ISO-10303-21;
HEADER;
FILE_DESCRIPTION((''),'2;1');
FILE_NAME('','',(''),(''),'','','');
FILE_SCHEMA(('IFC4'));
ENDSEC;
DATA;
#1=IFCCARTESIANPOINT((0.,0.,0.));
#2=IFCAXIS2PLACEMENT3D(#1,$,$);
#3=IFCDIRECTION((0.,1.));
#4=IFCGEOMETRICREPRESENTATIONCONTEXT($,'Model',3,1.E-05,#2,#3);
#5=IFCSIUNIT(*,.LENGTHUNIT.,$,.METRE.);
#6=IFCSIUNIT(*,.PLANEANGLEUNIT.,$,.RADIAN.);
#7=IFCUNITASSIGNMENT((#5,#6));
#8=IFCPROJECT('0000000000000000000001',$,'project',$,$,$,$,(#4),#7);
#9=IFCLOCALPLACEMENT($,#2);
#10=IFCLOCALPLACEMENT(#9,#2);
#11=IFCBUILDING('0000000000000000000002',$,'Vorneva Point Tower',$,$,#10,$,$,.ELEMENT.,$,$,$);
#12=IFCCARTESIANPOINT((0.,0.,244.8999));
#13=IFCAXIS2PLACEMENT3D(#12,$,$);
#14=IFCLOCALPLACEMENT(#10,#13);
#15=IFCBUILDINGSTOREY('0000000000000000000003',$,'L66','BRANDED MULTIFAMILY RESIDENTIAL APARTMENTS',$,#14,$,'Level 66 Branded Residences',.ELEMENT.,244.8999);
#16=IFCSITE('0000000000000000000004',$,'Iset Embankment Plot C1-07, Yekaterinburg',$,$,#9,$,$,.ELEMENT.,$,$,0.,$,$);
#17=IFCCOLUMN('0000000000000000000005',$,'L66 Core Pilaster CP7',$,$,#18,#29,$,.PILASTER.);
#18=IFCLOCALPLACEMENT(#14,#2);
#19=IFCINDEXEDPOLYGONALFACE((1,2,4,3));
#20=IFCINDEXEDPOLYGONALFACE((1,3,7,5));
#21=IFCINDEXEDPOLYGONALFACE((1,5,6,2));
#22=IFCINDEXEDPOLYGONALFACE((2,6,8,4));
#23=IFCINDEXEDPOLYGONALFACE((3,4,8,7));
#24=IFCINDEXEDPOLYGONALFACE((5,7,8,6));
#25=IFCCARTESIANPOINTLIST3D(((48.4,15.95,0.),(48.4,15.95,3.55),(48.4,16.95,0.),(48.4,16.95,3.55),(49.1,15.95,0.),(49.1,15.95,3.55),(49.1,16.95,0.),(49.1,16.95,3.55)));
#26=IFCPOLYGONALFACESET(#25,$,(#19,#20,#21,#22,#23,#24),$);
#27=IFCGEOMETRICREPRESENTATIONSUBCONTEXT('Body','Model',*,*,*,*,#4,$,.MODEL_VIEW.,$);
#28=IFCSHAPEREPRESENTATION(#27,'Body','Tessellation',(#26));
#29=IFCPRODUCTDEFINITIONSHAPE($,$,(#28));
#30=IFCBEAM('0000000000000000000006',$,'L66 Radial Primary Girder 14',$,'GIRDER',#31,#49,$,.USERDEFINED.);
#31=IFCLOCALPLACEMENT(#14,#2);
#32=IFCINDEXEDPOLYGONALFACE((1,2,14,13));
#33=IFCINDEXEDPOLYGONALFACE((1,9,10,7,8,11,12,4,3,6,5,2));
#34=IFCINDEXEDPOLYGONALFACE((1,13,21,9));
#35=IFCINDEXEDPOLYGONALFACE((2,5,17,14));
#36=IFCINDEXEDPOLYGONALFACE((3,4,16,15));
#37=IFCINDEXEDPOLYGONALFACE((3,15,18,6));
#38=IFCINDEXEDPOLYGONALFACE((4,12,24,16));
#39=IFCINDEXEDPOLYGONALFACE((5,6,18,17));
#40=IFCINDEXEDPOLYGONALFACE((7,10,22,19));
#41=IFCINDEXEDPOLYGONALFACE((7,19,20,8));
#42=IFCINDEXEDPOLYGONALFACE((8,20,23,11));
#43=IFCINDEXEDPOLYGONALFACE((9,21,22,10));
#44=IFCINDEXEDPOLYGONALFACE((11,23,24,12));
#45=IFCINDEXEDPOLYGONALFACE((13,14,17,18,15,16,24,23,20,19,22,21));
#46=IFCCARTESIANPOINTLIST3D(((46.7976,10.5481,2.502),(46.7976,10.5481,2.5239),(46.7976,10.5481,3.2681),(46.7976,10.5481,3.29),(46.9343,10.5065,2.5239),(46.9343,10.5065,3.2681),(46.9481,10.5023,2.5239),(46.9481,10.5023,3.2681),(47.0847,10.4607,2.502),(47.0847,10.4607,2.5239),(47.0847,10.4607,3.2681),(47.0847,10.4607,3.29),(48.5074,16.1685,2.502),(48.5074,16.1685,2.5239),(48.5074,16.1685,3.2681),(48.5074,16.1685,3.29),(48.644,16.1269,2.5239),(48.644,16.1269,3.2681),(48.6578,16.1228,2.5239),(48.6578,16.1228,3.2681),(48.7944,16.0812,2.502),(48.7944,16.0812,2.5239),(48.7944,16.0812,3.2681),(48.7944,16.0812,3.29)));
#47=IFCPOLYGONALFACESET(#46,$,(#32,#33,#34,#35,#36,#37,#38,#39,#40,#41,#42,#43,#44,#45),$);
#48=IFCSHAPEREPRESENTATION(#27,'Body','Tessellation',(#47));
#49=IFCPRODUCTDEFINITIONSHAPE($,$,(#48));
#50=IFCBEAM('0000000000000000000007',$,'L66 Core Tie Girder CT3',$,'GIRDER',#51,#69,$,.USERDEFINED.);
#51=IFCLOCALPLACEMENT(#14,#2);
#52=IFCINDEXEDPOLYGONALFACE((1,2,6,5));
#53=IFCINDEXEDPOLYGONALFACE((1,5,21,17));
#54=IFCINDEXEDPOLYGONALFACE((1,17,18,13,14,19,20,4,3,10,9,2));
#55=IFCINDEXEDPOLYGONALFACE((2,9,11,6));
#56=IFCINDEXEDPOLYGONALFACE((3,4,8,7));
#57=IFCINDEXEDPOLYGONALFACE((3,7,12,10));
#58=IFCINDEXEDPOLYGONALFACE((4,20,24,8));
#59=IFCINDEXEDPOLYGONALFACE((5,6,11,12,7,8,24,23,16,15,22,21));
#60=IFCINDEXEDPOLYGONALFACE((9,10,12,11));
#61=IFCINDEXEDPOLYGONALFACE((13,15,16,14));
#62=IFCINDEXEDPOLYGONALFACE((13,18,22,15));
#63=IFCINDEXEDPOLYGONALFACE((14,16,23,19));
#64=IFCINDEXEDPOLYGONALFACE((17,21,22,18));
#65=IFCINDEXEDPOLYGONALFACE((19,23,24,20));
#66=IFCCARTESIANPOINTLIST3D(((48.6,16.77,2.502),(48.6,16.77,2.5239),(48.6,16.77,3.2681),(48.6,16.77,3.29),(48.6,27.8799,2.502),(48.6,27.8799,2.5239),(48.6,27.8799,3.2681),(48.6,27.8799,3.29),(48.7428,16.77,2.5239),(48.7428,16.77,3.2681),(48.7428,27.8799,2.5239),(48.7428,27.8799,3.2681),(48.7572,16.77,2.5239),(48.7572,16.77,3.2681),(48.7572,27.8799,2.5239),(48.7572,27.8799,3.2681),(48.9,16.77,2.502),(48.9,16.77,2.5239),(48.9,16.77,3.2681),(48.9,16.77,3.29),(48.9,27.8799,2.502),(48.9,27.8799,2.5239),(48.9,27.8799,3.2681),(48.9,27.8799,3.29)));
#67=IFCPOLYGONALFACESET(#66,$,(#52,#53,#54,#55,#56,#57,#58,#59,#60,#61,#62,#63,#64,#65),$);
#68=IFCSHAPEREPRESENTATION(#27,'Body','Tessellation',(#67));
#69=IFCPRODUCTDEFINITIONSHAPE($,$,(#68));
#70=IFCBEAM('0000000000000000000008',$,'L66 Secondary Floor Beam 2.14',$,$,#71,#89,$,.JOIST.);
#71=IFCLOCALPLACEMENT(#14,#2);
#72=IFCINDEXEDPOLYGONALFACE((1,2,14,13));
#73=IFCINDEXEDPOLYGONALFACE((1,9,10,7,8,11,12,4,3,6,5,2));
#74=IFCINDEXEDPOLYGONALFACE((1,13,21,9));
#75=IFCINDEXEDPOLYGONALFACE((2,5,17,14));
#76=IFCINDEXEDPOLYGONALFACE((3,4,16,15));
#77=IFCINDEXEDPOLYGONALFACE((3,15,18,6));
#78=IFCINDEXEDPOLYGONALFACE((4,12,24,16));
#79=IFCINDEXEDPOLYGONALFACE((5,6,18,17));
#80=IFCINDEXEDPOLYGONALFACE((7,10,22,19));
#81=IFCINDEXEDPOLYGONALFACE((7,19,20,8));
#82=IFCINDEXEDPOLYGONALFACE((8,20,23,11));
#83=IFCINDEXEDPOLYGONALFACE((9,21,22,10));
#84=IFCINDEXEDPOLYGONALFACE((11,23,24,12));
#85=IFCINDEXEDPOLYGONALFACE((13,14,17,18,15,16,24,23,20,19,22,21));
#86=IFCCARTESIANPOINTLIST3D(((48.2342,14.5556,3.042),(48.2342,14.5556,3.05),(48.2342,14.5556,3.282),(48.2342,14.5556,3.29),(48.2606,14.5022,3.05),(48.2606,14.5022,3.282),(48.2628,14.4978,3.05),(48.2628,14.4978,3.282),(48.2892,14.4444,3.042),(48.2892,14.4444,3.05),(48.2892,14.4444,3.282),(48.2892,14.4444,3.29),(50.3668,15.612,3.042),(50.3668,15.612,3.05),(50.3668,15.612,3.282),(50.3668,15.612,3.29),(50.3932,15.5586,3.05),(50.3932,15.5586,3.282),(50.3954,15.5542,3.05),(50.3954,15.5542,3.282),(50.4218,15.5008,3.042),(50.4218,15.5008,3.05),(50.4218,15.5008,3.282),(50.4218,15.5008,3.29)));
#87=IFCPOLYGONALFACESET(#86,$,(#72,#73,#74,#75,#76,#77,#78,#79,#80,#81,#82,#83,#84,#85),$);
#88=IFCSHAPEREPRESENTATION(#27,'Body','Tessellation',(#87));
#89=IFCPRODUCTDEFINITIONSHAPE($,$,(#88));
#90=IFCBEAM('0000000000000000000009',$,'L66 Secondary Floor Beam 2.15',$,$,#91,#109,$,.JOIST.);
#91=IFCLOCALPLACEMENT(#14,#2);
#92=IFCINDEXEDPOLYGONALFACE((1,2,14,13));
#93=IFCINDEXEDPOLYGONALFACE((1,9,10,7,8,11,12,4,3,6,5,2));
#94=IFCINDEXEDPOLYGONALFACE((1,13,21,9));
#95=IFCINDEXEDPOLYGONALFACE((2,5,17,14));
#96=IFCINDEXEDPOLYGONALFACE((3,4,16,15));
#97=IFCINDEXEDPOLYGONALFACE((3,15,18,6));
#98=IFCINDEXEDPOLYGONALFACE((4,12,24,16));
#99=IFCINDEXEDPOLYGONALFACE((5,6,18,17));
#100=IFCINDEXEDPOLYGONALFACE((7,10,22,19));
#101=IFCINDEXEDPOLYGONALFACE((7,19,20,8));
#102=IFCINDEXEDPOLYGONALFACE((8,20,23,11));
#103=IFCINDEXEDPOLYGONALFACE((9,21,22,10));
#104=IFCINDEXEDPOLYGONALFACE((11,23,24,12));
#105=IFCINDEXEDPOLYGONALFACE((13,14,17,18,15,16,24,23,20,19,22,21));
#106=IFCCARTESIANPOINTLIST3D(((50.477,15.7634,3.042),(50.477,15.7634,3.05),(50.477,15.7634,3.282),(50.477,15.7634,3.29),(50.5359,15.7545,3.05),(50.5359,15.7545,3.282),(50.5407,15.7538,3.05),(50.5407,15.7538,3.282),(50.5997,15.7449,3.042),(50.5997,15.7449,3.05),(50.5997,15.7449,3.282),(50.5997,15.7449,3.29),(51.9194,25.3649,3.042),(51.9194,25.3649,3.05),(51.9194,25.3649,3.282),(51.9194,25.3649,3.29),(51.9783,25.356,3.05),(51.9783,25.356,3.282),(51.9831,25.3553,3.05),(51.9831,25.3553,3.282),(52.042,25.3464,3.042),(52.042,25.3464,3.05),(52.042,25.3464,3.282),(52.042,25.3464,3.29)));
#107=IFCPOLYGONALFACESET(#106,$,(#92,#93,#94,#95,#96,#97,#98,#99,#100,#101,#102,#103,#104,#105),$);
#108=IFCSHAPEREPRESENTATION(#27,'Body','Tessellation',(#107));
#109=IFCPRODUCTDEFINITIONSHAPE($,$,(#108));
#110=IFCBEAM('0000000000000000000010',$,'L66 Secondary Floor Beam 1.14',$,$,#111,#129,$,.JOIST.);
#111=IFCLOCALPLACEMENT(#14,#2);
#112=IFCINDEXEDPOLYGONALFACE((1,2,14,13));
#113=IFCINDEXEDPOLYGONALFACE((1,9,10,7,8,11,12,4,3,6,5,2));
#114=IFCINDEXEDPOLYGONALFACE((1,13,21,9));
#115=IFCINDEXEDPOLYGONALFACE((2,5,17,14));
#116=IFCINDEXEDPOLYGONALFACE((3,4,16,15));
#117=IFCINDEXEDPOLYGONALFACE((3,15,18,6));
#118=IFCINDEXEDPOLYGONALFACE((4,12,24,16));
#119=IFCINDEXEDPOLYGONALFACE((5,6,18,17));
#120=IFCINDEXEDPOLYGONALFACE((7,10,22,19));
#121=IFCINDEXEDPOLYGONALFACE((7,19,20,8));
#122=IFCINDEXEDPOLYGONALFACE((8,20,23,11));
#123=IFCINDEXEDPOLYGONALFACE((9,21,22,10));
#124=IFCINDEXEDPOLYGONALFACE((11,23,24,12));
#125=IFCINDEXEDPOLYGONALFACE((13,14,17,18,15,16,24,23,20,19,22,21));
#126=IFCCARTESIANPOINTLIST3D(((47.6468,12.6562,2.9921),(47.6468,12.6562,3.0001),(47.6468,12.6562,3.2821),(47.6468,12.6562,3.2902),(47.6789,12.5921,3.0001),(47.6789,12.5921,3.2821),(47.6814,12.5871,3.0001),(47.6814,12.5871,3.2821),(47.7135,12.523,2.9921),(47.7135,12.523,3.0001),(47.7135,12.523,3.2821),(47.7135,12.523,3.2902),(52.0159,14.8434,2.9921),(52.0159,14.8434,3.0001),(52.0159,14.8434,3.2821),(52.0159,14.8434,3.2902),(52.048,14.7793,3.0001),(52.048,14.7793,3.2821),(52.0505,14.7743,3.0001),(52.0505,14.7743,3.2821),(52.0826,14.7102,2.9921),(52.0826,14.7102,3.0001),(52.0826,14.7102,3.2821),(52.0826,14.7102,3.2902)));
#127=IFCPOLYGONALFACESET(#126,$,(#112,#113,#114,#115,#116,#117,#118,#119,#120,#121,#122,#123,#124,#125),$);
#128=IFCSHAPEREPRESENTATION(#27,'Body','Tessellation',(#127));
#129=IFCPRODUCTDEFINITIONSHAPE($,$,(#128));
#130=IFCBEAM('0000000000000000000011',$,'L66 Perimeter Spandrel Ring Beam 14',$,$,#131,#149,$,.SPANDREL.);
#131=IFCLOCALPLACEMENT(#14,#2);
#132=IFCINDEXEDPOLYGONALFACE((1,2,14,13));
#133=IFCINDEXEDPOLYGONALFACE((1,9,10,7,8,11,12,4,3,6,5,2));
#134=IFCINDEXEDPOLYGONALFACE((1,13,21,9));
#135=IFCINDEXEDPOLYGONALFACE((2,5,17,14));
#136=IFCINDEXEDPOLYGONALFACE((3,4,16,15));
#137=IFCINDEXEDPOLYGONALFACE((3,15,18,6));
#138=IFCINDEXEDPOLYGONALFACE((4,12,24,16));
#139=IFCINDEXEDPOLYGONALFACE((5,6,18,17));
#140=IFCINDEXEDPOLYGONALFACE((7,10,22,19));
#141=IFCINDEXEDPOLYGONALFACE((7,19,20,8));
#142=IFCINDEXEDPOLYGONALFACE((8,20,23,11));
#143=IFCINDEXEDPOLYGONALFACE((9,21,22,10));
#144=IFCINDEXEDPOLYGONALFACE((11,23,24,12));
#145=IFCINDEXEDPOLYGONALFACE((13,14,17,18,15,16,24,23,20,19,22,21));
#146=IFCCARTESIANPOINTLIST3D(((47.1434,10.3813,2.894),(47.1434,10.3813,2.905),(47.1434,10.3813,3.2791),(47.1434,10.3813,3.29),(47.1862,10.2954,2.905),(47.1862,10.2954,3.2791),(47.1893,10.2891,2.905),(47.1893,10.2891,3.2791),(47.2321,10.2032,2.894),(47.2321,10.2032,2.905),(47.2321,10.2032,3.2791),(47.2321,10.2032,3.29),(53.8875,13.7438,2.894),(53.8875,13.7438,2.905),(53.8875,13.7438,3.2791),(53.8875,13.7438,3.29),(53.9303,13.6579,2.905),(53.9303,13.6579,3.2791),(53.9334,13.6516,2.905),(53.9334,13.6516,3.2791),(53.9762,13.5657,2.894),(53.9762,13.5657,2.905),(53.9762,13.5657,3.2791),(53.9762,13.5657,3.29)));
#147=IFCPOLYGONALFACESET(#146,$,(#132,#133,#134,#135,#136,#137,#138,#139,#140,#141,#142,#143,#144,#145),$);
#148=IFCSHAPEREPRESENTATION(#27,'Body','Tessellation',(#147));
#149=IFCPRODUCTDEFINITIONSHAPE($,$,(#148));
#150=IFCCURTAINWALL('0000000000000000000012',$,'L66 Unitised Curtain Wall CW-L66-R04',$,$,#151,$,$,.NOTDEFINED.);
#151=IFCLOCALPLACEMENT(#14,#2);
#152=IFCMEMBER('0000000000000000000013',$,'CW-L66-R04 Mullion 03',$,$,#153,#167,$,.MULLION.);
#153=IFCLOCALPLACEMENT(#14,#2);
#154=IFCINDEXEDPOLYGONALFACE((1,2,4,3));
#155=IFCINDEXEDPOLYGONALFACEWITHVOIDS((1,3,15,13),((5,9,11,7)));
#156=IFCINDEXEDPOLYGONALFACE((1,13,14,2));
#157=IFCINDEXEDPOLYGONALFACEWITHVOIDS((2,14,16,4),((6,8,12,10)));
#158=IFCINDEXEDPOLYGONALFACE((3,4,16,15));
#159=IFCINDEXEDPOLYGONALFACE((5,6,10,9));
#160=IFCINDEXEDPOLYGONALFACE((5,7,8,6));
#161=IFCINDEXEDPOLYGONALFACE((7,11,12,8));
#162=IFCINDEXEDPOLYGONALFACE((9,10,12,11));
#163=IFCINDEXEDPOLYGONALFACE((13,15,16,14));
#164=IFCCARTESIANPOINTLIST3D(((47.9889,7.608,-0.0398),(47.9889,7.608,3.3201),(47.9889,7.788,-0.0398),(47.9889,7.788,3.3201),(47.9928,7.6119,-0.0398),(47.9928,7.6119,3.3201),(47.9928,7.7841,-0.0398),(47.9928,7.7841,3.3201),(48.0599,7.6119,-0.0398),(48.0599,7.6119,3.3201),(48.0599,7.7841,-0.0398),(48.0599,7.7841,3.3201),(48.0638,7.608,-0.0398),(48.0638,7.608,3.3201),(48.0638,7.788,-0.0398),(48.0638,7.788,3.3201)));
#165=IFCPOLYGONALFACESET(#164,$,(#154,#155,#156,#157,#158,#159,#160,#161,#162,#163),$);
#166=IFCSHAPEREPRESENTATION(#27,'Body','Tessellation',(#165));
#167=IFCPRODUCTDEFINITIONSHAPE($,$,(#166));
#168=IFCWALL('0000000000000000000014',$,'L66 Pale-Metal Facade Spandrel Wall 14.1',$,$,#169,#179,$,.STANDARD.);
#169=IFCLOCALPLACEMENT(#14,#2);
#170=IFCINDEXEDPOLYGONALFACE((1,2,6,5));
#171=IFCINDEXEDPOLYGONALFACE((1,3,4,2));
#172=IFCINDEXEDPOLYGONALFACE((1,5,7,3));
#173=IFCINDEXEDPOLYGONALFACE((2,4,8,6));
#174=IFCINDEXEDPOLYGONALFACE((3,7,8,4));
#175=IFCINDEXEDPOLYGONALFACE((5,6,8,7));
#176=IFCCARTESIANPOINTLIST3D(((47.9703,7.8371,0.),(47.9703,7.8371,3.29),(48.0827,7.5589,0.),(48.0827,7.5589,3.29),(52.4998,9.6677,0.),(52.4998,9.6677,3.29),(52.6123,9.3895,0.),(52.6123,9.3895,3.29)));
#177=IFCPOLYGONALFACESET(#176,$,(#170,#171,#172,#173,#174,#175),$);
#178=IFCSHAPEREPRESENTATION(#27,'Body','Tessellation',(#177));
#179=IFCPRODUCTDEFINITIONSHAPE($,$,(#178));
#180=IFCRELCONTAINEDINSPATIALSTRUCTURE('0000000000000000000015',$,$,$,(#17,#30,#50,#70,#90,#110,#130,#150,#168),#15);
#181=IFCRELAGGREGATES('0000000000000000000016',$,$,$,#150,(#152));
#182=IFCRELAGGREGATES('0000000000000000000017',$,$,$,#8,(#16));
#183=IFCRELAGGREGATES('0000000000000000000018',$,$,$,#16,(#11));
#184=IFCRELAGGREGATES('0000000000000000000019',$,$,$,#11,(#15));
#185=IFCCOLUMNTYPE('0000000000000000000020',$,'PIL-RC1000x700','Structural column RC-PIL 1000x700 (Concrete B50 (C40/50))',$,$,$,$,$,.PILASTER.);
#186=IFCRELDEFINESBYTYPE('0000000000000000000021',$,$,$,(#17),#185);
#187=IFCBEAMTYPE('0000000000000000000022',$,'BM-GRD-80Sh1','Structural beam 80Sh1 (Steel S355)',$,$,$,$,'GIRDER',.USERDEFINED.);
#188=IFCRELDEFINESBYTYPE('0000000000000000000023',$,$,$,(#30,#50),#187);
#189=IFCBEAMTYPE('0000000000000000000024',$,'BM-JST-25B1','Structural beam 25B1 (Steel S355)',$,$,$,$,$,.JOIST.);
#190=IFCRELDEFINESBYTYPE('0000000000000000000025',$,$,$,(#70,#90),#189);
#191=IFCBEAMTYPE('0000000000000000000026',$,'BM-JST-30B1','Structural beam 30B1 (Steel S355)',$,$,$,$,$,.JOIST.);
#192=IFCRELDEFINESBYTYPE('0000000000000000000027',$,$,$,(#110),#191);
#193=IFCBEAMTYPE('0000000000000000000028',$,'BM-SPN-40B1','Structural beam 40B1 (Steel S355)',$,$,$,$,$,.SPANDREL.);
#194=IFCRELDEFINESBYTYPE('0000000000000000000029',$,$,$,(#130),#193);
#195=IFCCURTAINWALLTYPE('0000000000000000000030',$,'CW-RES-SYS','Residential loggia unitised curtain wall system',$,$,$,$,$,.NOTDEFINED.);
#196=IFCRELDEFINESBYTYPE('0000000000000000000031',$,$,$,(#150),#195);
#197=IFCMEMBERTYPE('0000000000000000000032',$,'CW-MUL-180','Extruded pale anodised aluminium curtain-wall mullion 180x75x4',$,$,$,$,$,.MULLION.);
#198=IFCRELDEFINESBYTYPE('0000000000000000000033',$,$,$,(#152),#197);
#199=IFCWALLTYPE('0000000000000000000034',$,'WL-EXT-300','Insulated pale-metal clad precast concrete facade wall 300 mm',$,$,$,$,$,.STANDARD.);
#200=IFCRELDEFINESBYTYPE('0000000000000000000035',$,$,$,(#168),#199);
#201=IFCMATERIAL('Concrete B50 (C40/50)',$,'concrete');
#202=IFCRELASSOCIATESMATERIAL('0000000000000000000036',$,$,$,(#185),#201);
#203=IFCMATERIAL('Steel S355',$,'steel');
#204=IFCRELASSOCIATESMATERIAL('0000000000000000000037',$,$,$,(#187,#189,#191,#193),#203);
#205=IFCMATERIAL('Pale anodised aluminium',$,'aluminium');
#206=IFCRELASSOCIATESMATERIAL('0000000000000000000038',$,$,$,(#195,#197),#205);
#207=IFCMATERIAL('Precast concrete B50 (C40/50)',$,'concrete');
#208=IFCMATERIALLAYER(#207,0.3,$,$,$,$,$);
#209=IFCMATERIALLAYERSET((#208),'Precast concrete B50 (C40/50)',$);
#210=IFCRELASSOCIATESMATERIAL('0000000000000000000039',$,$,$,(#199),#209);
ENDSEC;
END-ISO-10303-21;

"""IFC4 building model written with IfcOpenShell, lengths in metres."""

from ifc_helpers import new_model, si_unit, direction, frame, frame_2d, origin, origin_2d, place, context, subcontext, project, spatial, rectangle, hollow_rectangle, i_section, extrude, material, layer, layer_set, material_profile, profile_set, type_object, element, aggregate, save


model = new_model("IFC4")

# Units and contexts
model_context = context("Model", 3, precision=1e-05, world=origin(), true_north=direction((0.0, 1.0)))
body_context = subcontext(model_context, "Body", "Model", "MODEL_VIEW")
ifc_project = project(units=[si_unit("LENGTHUNIT", "METRE"), si_unit("PLANEANGLEUNIT", "RADIAN")], contexts=[model_context])

# Site, building, storey
site_placement = place(None, origin())
site = spatial("IfcSite", under=ifc_project, at=site_placement, Name="Iset Embankment Plot C1-07, Yekaterinburg", CompositionType="ELEMENT", RefElevation=0.0)
building_placement = place(site_placement, origin())
building = spatial("IfcBuilding", under=site, at=building_placement, Name="Vorneva Point Tower", CompositionType="ELEMENT")
storey_placement = place(building_placement, frame((0.0, 0.0, 244.8999)))
storey = spatial("IfcBuildingStorey", under=building, at=storey_placement, Name="L66", Description="BRANDED MULTIFAMILY RESIDENTIAL APARTMENTS", LongName="Level 66 Branded Residences", CompositionType="ELEMENT", Elevation=244.8999)

# Column
ifc_material_1 = material(Name="Concrete B50 (C40/50)", Category="concrete")
ifc_material_profile_1 = material_profile(ifc_material_1, rectangle(XDim=0.7, YDim=1.0, at=origin_2d()), Name="RC-PIL 1000x700")
ifc_profile_set_1 = profile_set([ifc_material_profile_1], Name="Concrete B50 (C40/50)")
column_type = type_object("IfcColumnType", Name="PIL-RC1000x700", Description="Structural column RC-PIL 1000x700 (Concrete B50 (C40/50))", PredefinedType="PILASTER", material=ifc_profile_set_1)
column_placement = place(storey_placement, frame((48.75, 16.45, 0.0), z_axis=(0.0, 0.0, 1.0), x_axis=(1.0, 0.0, 0.0)))
element("IfcColumn", 1, at=column_placement, inside=storey, type_object=column_type, Name="L66 Core Pilaster CP7", PredefinedType="PILASTER", context=body_context, shape_type="SweptSolid", body=[
    extrude(rectangle(XDim=0.7, YDim=1.0, at=origin_2d()), origin(), (0.0, 0.0, 1.0), 3.55),
])

# Beams
ifc_material_2 = material(Name="Steel S355", Category="steel")
ifc_material_profile_2 = material_profile(ifc_material_2, i_section(OverallWidth=0.3, OverallDepth=0.7881, WebThickness=0.0144, FlangeThickness=0.022, at=origin_2d()), Name="80Sh1")
ifc_profile_set_2 = profile_set([ifc_material_profile_2], Name="Steel S355")
beam_type_1 = type_object("IfcBeamType", Name="BM-GRD-80Sh1", Description="Structural beam 80Sh1 (Steel S355)", ElementType="GIRDER", PredefinedType="USERDEFINED", material=ifc_profile_set_2)
beam_1_placement = place(storey_placement, frame((46.9412, 10.5044, 2.896), z_axis=(0.291033, 0.956713, 0.0), x_axis=(-0.956713, 0.291033, 0.0)))
element("IfcBeam", 2, at=beam_1_placement, inside=storey, type_object=beam_type_1, Name="L66 Radial Primary Girder 14", ObjectType="GIRDER", PredefinedType="USERDEFINED", context=body_context, shape_type="SweptSolid", body=[
    extrude(i_section(OverallWidth=0.3, OverallDepth=0.7881, WebThickness=0.0144, FlangeThickness=0.022, at=origin_2d()), origin(), (0.0, 0.0, 1.0), 5.8748),
])
beam_2_placement = place(storey_placement, frame((48.75, 16.77, 2.896), z_axis=(0.0, 1.0, 0.0), x_axis=(-1.0, 0.0, 0.0)))
element("IfcBeam", 3, at=beam_2_placement, inside=storey, type_object=beam_type_1, Name="L66 Core Tie Girder CT3", ObjectType="GIRDER", PredefinedType="USERDEFINED", context=body_context, shape_type="SweptSolid", body=[
    extrude(i_section(OverallWidth=0.3, OverallDepth=0.7881, WebThickness=0.0144, FlangeThickness=0.022, at=origin_2d()), origin(), (0.0, 0.0, 1.0), 11.1099),
])
ifc_material_profile_3 = material_profile(ifc_material_2, i_section(OverallWidth=0.124, OverallDepth=0.248, WebThickness=0.0049, FlangeThickness=0.0081, at=origin_2d()), Name="25B1")
ifc_profile_set_3 = profile_set([ifc_material_profile_3], Name="Steel S355")
beam_type_2 = type_object("IfcBeamType", Name="BM-JST-25B1", Description="Structural beam 25B1 (Steel S355)", PredefinedType="JOIST", material=ifc_profile_set_3)
beam_3_placement = place(storey_placement, frame((48.2617, 14.5, 3.166), z_axis=(0.896083, 0.443887, 0.0), x_axis=(-0.443887, 0.896083, 0.0)))
element("IfcBeam", 4, at=beam_3_placement, inside=storey, type_object=beam_type_2, Name="L66 Secondary Floor Beam 2.14", PredefinedType="JOIST", context=body_context, shape_type="SweptSolid", body=[
    extrude(i_section(OverallWidth=0.124, OverallDepth=0.248, WebThickness=0.0049, FlangeThickness=0.0081, at=origin_2d()), origin(), (0.0, 0.0, 1.0), 2.3799),
])
beam_4_placement = place(storey_placement, frame((50.5383, 15.7542, 3.166), z_axis=(0.148557, 0.988904, 0.0), x_axis=(-0.988904, 0.148557, 0.0)))
element("IfcBeam", 5, at=beam_4_placement, inside=storey, type_object=beam_type_2, Name="L66 Secondary Floor Beam 2.15", PredefinedType="JOIST", context=body_context, shape_type="SweptSolid", body=[
    extrude(i_section(OverallWidth=0.124, OverallDepth=0.248, WebThickness=0.0049, FlangeThickness=0.0081, at=origin_2d()), origin(), (0.0, 0.0, 1.0), 9.7092),
])
ifc_material_profile_4 = material_profile(ifc_material_2, i_section(OverallWidth=0.1489, OverallDepth=0.2981, WebThickness=0.0056, FlangeThickness=0.0081, at=origin_2d()), Name="30B1")
ifc_profile_set_4 = profile_set([ifc_material_profile_4], Name="Steel S355")
beam_type_3 = type_object("IfcBeamType", Name="BM-JST-30B1", Description="Structural beam 30B1 (Steel S355)", PredefinedType="JOIST", material=ifc_profile_set_4)
beam_5_placement = place(storey_placement, frame((47.6802, 12.5896, 3.1411), z_axis=(0.894207, 0.447653, 0.0), x_axis=(-0.447653, 0.894207, 0.0)))
element("IfcBeam", 6, at=beam_5_placement, inside=storey, type_object=beam_type_3, Name="L66 Secondary Floor Beam 1.14", PredefinedType="JOIST", context=body_context, shape_type="SweptSolid", body=[
    extrude(i_section(OverallWidth=0.1489, OverallDepth=0.2981, WebThickness=0.0056, FlangeThickness=0.0081, at=origin_2d()), origin(), (0.0, 0.0, 1.0), 4.886),
])
ifc_material_profile_5 = material_profile(ifc_material_2, i_section(OverallWidth=0.199, OverallDepth=0.396, WebThickness=0.0071, FlangeThickness=0.011, at=origin_2d()), Name="40B1")
ifc_profile_set_5 = profile_set([ifc_material_profile_5], Name="Steel S355")
beam_type_4 = type_object("IfcBeamType", Name="BM-SPN-40B1", Description="Structural beam 40B1 (Steel S355)", PredefinedType="SPANDREL", material=ifc_profile_set_5)
beam_6_placement = place(storey_placement, frame((47.1877, 10.2922, 3.092), z_axis=(0.894932, 0.446203, 0.0), x_axis=(-0.446203, 0.894932, 0.0)))
element("IfcBeam", 7, at=beam_6_placement, inside=storey, type_object=beam_type_4, Name="L66 Perimeter Spandrel Ring Beam 14", PredefinedType="SPANDREL", context=body_context, shape_type="SweptSolid", body=[
    extrude(i_section(OverallWidth=0.199, OverallDepth=0.396, WebThickness=0.0071, FlangeThickness=0.011, at=origin_2d()), origin(), (0.0, 0.0, 1.0), 7.5359),
])

# Curtain wall, member
ifc_material_3 = material(Name="Pale anodised aluminium", Category="aluminium")
curtain_wall_type = type_object("IfcCurtainWallType", Name="CW-RES-SYS", Description="Residential loggia unitised curtain wall system", PredefinedType="NOTDEFINED", material=ifc_material_3)
curtain_wall_placement = place(storey_placement, origin())
curtain_wall = element("IfcCurtainWall", 8, at=curtain_wall_placement, inside=storey, type_object=curtain_wall_type, Name="L66 Unitised Curtain Wall CW-L66-R04", PredefinedType="NOTDEFINED")
ifc_material_profile_6 = material_profile(ifc_material_3, hollow_rectangle(XDim=0.075, YDim=0.1799, WallThickness=0.0039, at=origin_2d()), Name="AL-MUL 180x75x4")
ifc_profile_set_6 = profile_set([ifc_material_profile_6], Name="Pale anodised aluminium")
member_type = type_object("IfcMemberType", Name="CW-MUL-180", Description="Extruded pale anodised aluminium curtain-wall mullion 180x75x4", PredefinedType="MULLION", material=ifc_profile_set_6)
member_placement = place(storey_placement, frame((48.0264, 7.698, -0.0398), z_axis=(0.0, 0.0, 1.0), x_axis=(1.0, 0.0, 0.0)))
member = element("IfcMember", 9, at=member_placement, type_object=member_type, Name="CW-L66-R04 Mullion 03", PredefinedType="MULLION", context=body_context, shape_type="SweptSolid", body=[
    extrude(hollow_rectangle(XDim=0.075, YDim=0.1799, WallThickness=0.0039, at=origin_2d()), origin(), (0.0, 0.0, 1.0), 3.3599),
])
aggregate(curtain_wall, [member])

# Wall
ifc_material_4 = material(Name="Precast concrete B50 (C40/50)", Category="concrete")
ifc_layer_1 = layer(ifc_material_4, 0.3)
ifc_layer_set_1 = layer_set([ifc_layer_1], Name="Precast concrete B50 (C40/50)")
wall_type_1 = type_object("IfcWallType", Name="WL-EXT-300", Description="Insulated pale-metal clad precast concrete facade wall 300 mm", PredefinedType="STANDARD", material=ifc_layer_set_1)
wall_1_placement = place(storey_placement, frame((48.0264, 7.698, 0.0), z_axis=(0.0, 0.0, 1.0), x_axis=(0.927147, 0.374697, 0.0)))
element("IfcWall", 10, at=wall_1_placement, inside=storey, type_object=wall_type_1, Name="L66 Pale-Metal Facade Spandrel Wall 14.1", PredefinedType="STANDARD", context=body_context, shape_type="SweptSolid", body=[
    extrude(rectangle(XDim=4.8855, YDim=0.3, at=frame_2d((2.4429, 0.0))), origin(), (0.0, 0.0, 1.0), 3.29),
])

save(model, "model.ifc")
